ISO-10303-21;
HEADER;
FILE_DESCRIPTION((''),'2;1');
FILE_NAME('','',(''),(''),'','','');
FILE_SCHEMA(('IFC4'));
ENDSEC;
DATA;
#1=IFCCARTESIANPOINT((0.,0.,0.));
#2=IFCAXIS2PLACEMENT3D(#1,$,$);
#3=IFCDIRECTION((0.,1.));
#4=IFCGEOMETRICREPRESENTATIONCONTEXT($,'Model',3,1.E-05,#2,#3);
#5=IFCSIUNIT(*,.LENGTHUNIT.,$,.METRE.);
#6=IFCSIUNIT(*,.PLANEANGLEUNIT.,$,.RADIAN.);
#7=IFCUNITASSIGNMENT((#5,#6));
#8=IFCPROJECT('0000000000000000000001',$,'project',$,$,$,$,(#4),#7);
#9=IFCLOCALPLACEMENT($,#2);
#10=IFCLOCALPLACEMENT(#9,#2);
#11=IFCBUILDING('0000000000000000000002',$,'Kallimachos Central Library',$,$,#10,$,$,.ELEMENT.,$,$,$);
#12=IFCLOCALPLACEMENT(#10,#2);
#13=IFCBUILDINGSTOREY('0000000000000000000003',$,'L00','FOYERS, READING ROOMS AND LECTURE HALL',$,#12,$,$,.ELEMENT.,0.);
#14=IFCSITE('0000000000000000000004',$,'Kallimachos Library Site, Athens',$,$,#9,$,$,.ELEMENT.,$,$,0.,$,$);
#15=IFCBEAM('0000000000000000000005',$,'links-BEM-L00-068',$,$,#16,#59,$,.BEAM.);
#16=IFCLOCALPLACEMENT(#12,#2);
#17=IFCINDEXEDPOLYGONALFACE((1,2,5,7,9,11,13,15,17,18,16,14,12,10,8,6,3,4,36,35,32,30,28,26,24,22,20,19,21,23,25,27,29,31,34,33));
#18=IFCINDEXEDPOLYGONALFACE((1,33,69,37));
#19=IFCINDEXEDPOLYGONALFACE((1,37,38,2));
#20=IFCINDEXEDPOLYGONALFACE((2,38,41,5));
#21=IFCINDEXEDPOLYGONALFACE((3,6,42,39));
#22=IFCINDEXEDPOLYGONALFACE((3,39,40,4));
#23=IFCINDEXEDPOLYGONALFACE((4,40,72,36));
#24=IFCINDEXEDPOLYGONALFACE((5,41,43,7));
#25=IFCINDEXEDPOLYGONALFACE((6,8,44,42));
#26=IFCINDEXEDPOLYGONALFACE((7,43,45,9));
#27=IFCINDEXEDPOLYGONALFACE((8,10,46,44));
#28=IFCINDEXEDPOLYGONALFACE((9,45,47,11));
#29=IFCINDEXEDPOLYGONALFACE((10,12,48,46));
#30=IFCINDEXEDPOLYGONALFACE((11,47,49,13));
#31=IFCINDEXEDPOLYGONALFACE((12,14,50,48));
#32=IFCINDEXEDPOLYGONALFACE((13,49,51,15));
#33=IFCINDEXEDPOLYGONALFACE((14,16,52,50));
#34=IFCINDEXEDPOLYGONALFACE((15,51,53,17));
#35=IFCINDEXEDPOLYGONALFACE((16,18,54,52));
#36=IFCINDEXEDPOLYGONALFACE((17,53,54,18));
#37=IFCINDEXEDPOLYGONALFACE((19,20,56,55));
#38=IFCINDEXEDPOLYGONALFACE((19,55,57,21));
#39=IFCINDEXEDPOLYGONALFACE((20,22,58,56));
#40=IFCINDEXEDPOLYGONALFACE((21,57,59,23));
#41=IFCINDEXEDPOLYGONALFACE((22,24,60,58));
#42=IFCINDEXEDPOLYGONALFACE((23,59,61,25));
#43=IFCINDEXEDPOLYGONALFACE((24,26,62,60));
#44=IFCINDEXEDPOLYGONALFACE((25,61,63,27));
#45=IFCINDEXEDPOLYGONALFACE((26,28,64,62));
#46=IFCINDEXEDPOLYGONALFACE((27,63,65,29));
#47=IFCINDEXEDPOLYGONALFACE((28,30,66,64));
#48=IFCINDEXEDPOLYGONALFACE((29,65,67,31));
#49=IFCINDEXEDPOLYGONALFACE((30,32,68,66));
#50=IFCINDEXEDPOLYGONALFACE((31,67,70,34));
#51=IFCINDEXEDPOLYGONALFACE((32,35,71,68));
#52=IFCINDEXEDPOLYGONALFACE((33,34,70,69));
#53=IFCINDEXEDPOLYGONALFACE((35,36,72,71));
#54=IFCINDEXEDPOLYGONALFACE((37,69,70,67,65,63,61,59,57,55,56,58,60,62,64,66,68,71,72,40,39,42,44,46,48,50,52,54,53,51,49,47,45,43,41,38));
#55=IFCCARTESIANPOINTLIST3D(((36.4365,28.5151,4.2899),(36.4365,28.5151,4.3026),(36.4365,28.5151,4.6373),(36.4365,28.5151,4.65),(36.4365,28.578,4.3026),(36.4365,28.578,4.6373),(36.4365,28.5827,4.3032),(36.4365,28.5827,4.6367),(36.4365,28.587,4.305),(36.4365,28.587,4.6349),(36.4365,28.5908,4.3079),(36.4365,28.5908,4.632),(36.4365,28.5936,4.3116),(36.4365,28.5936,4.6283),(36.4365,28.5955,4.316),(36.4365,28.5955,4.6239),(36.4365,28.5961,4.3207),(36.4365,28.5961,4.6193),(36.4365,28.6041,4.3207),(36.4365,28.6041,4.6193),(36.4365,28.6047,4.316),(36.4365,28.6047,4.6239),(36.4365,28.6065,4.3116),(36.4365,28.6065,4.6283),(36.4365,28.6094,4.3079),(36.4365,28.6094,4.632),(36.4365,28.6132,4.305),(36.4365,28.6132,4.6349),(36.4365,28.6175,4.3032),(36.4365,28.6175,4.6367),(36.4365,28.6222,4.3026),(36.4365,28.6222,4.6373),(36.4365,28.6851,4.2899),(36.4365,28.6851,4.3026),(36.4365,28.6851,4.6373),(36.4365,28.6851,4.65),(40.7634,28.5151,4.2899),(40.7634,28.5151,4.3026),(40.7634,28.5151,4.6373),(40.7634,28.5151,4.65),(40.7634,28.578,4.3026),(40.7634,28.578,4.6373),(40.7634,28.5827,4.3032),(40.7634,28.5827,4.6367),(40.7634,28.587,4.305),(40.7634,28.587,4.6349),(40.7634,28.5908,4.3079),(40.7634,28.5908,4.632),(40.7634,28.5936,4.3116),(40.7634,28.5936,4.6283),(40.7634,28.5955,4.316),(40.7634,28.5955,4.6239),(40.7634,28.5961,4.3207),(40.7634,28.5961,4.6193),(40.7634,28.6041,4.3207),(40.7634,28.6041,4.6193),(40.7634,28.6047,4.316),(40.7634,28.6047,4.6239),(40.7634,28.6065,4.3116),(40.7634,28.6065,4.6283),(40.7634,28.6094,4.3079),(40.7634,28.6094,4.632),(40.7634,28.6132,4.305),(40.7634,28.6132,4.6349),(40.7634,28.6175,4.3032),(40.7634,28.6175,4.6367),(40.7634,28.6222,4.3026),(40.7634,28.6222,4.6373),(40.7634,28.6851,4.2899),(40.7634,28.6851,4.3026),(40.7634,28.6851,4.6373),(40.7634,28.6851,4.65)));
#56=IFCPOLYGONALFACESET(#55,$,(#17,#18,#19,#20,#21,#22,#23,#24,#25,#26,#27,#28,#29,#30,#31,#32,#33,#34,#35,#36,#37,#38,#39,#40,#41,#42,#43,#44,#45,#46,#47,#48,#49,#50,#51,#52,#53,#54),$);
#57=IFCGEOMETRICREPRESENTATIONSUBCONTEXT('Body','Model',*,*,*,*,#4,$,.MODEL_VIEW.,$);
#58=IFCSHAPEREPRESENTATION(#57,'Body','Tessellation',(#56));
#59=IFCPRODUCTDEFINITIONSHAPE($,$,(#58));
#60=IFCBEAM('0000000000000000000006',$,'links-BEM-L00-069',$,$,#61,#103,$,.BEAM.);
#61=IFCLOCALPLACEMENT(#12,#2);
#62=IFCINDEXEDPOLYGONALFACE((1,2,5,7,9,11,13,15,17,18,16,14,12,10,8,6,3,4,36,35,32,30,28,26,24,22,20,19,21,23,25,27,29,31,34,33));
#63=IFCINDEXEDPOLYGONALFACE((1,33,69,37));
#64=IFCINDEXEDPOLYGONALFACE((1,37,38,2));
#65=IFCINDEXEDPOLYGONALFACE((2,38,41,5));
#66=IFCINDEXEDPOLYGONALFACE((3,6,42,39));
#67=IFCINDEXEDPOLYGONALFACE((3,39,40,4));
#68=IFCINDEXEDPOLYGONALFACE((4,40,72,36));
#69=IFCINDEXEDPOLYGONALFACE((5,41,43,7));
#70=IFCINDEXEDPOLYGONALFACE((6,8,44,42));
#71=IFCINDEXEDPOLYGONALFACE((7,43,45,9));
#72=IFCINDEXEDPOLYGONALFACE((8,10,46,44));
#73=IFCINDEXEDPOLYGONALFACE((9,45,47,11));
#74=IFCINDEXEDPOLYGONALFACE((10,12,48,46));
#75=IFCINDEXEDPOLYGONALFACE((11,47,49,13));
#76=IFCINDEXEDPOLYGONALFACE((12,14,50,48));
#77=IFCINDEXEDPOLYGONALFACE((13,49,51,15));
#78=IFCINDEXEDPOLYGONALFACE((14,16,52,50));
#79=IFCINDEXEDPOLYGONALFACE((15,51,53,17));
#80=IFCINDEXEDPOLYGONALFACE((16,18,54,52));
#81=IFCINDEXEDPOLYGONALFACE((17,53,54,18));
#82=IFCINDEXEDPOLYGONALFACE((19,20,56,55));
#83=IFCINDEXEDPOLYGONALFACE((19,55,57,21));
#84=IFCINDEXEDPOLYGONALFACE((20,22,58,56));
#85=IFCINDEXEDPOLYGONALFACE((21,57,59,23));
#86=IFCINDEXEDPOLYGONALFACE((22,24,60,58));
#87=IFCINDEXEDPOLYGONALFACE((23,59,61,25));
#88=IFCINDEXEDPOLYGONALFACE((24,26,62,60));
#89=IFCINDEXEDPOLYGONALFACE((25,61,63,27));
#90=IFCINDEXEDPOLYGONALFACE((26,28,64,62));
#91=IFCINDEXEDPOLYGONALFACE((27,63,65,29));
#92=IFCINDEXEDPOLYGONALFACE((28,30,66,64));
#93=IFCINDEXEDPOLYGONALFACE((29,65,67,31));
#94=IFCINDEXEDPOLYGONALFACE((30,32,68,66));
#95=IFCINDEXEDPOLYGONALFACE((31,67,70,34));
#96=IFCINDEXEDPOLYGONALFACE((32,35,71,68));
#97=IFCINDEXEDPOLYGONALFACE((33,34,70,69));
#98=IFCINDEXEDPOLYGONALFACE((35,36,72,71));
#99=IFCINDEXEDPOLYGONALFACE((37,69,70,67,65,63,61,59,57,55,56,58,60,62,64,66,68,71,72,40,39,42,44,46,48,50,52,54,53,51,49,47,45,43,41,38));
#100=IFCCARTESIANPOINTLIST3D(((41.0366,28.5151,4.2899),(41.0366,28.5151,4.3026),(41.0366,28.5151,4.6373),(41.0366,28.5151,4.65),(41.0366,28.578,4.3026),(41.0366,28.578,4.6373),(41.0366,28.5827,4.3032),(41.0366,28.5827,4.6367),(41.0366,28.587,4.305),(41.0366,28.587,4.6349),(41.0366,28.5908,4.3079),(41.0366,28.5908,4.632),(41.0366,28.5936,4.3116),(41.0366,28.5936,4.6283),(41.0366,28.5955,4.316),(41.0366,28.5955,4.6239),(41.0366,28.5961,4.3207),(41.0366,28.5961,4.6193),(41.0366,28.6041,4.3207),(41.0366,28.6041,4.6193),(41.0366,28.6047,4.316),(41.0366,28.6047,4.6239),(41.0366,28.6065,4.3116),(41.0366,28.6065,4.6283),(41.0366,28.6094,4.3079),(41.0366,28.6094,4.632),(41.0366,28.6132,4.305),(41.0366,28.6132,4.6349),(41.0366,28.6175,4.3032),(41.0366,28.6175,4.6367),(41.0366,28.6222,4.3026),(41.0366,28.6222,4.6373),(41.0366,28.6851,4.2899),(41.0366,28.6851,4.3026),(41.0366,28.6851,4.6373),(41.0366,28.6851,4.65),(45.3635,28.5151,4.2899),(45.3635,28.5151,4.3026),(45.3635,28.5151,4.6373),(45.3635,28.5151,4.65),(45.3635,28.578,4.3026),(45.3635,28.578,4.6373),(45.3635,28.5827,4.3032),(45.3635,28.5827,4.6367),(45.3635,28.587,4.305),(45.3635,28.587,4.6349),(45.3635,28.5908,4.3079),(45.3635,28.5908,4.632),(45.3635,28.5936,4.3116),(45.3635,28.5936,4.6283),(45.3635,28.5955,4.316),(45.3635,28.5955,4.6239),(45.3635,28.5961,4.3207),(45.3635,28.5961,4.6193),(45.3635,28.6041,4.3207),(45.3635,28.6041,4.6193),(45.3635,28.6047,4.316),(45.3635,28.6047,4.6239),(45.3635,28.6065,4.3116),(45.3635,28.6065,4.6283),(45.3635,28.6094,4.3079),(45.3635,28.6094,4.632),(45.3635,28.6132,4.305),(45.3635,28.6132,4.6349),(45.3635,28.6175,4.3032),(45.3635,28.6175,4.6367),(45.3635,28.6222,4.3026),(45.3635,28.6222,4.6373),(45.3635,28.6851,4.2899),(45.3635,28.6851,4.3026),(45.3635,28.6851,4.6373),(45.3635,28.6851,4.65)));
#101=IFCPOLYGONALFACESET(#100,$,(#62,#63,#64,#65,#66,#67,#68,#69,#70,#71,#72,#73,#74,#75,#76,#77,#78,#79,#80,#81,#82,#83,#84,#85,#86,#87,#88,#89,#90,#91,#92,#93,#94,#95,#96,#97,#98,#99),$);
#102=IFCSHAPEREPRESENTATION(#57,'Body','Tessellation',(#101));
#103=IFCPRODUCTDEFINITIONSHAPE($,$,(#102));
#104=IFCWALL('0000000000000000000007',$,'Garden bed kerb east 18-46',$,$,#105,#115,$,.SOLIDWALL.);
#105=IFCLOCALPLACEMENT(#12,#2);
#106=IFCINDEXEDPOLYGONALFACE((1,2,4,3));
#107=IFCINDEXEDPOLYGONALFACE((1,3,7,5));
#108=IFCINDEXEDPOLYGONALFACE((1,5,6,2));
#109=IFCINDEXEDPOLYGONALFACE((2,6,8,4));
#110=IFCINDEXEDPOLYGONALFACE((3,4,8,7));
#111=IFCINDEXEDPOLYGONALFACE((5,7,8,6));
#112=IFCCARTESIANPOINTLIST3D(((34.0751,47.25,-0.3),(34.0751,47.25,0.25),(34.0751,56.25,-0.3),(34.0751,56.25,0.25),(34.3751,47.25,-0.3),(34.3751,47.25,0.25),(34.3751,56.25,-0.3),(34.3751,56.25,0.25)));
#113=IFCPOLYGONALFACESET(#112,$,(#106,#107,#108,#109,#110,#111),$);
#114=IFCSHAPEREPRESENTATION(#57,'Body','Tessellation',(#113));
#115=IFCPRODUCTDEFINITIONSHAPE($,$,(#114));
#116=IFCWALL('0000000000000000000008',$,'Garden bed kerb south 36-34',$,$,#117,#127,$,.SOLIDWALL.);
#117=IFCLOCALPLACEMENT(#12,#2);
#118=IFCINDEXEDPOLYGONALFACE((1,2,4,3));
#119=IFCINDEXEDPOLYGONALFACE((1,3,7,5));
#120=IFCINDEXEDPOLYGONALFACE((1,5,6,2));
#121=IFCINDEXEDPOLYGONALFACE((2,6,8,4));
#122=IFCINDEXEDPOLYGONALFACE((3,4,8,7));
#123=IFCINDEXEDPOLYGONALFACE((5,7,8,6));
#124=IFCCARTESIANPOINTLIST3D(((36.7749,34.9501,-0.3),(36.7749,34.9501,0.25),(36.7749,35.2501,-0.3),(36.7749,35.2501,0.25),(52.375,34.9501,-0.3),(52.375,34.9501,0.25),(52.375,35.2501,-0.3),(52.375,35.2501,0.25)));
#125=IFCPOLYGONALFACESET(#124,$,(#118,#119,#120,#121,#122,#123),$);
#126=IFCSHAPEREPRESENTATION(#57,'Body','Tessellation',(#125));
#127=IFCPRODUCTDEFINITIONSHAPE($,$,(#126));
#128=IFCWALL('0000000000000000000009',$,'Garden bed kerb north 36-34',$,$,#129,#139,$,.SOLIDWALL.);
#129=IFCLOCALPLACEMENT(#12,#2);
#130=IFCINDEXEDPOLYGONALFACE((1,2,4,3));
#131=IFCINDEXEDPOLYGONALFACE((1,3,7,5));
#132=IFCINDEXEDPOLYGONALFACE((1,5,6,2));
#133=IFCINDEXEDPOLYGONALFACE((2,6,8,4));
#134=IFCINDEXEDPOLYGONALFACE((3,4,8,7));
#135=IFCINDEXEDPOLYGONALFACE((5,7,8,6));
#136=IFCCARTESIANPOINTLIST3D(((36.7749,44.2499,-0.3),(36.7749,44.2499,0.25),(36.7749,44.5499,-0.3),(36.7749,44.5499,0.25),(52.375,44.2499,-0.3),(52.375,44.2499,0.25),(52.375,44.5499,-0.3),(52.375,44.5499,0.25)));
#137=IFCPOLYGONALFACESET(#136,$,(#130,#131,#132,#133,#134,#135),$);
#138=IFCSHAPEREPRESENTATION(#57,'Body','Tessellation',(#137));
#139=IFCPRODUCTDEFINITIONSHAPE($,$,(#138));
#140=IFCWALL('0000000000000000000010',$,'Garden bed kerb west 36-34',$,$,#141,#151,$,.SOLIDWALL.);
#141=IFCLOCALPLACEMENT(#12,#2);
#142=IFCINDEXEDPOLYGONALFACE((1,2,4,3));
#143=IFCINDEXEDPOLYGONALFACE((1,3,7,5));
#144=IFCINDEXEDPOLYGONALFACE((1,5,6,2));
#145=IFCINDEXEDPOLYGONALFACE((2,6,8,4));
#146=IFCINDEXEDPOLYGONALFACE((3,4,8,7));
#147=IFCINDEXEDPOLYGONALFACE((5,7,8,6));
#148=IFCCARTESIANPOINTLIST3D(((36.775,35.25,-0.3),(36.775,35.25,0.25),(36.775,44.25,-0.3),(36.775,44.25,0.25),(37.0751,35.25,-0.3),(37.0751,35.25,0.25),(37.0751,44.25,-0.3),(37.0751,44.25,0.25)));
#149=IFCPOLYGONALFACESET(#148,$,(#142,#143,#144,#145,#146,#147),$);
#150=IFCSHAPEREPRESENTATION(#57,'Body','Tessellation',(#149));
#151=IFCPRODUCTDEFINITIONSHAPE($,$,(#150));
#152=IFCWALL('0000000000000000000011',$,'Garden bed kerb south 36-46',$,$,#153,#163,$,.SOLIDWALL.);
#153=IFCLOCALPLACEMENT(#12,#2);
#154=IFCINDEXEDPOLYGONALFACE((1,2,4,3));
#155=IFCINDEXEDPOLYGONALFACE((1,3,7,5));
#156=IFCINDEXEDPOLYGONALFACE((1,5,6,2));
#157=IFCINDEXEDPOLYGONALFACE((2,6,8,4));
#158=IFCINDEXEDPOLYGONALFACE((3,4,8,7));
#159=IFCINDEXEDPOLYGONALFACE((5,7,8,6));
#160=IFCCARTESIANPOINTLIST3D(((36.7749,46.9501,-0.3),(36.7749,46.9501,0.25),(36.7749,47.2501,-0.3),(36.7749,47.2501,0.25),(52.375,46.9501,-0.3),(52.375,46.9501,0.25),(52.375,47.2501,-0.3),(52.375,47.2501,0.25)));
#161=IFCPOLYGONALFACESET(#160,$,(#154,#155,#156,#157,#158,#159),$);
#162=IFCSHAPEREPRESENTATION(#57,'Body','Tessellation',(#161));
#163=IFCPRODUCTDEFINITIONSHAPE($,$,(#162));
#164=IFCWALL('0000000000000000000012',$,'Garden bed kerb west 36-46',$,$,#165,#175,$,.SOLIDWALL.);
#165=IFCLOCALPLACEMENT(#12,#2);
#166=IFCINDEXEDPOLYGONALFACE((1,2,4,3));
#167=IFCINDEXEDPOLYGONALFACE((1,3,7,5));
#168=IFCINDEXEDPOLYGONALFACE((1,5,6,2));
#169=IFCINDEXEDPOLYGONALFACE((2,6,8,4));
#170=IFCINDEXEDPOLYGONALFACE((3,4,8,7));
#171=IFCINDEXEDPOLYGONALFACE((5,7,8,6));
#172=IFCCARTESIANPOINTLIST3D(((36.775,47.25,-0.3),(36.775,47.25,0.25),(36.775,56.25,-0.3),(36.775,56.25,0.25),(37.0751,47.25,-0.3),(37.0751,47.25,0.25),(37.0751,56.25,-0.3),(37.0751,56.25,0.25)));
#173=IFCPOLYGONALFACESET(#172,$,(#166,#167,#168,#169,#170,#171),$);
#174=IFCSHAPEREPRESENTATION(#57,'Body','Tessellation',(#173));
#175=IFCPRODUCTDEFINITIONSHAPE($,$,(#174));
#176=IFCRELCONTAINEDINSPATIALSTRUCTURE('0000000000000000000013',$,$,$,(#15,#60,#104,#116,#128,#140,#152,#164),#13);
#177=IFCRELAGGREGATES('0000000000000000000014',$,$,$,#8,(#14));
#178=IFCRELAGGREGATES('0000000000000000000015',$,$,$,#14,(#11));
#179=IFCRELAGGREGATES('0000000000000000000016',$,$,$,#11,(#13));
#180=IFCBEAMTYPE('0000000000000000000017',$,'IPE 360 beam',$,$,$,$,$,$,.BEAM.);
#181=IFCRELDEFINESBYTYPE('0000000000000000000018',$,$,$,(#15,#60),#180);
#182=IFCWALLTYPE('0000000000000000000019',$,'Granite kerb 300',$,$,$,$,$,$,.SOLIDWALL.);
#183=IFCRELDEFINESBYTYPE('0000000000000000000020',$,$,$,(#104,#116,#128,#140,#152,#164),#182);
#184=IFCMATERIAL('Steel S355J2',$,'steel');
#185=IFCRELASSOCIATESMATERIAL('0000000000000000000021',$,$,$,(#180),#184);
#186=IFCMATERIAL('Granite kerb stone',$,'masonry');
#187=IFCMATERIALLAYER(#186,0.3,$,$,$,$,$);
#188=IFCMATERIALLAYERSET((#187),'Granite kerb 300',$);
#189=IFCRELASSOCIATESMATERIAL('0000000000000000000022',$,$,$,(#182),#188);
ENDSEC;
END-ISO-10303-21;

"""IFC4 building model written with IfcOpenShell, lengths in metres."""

from ifc_helpers import new_model, si_unit, direction, frame, frame_2d, origin, origin_2d, place, context, subcontext, project, spatial, rectangle, i_section, extrude, material, layer, layer_set, material_profile, profile_set, type_object, element, save


model = new_model("IFC4")

# Units and contexts
model_context = context("Model", 3, precision=1e-05, world=origin(), true_north=direction((0.0, 1.0)))
body_context = subcontext(model_context, "Body", "Model", "MODEL_VIEW")
ifc_project = project(units=[si_unit("LENGTHUNIT", "METRE"), si_unit("PLANEANGLEUNIT", "RADIAN")], contexts=[model_context])

# Site, building, storey
site_placement = place(None, origin())
site = spatial("IfcSite", under=ifc_project, at=site_placement, Name="Kallimachos Library Site, Athens", CompositionType="ELEMENT", RefElevation=0.0)
building_placement = place(site_placement, origin())
building = spatial("IfcBuilding", under=site, at=building_placement, Name="Kallimachos Central Library", CompositionType="ELEMENT")
storey_placement = place(building_placement, origin())
storey = spatial("IfcBuildingStorey", under=building, at=storey_placement, Name="L00", Description="FOYERS, READING ROOMS AND LECTURE HALL", CompositionType="ELEMENT", Elevation=0.0)

# Beams
ifc_material_1 = material(Name="Steel S355J2", Category="steel")
ifc_material_profile_1 = material_profile(ifc_material_1, i_section(OverallWidth=0.1699, OverallDepth=0.3601, WebThickness=0.0081, FlangeThickness=0.0127, FilletRadius=0.0181, at=origin_2d()), Name="IPE 360")
ifc_profile_set_1 = profile_set([ifc_material_profile_1], Name="Steel S355J2")
beam_type_1 = type_object("IfcBeamType", Name="IPE 360 beam", PredefinedType="BEAM", material=ifc_profile_set_1)
for number, where, z_axis, x_axis, name in (
    (1, (36.4365, 28.6001, 4.47), (1.0, 0.0, 0.0), (0.0, 1.0, 0.0), "links-BEM-L00-068"),
    (2, (41.0366, 28.6001, 4.47), (1.0, 0.0, 0.0), (0.0, 1.0, 0.0), "links-BEM-L00-069"),
):
    element("IfcBeam", number, at=place(storey_placement, frame(where, z_axis=z_axis, x_axis=x_axis)), inside=storey, type_object=beam_type_1, Name=name, PredefinedType="BEAM", context=body_context, shape_type="SweptSolid", body=[
        extrude(i_section(OverallWidth=0.1699, OverallDepth=0.3601, WebThickness=0.0081, FlangeThickness=0.0127, FilletRadius=0.0181, at=origin_2d()), origin(), (0.0, 0.0, 1.0), 4.3269),
    ])

# Walls
ifc_material_2 = material(Name="Granite kerb stone", Category="masonry")
ifc_layer = layer(ifc_material_2, 0.3)
ifc_layer_set = layer_set([ifc_layer], Name="Granite kerb 300")
wall_type = type_object("IfcWallType", Name="Granite kerb 300", PredefinedType="SOLIDWALL", material=ifc_layer_set)
wall_1_placement = place(storey_placement, frame((34.2251, 47.25, -0.3), z_axis=(0.0, 0.0, 1.0), x_axis=(0.0, 1.0, 0.0)))
element("IfcWall", 3, at=wall_1_placement, inside=storey, type_object=wall_type, Name="Garden bed kerb east 18-46", PredefinedType="SOLIDWALL", context=body_context, shape_type="SweptSolid", body=[
    extrude(rectangle(XDim=9.0, YDim=0.3, at=frame_2d((4.5, 0.0))), origin(), (0.0, 0.0, 1.0), 0.55),
])
for number, where, z_axis, x_axis, name in (
    (4, (36.7749, 35.1001, -0.3), (0.0, 0.0, 1.0), (1.0, 0.0, 0.0), "Garden bed kerb south 36-34"),
    (5, (36.7749, 44.3999, -0.3), (0.0, 0.0, 1.0), (1.0, 0.0, 0.0), "Garden bed kerb north 36-34"),
):
    element("IfcWall", number, at=place(storey_placement, frame(where, z_axis=z_axis, x_axis=x_axis)), inside=storey, type_object=wall_type, Name=name, PredefinedType="SOLIDWALL", context=body_context, shape_type="SweptSolid", body=[
        extrude(rectangle(XDim=15.6001, YDim=0.3, at=frame_2d((7.8, 0.0))), origin(), (0.0, 0.0, 1.0), 0.55),
    ])
wall_2_placement = place(storey_placement, frame((36.925, 35.25, -0.3), z_axis=(0.0, 0.0, 1.0), x_axis=(0.0, 1.0, 0.0)))
element("IfcWall", 6, at=wall_2_placement, inside=storey, type_object=wall_type, Name="Garden bed kerb west 36-34", PredefinedType="SOLIDWALL", context=body_context, shape_type="SweptSolid", body=[
    extrude(rectangle(XDim=9.0, YDim=0.3, at=frame_2d((4.5, 0.0))), origin(), (0.0, 0.0, 1.0), 0.55),
])
wall_3_placement = place(storey_placement, frame((36.7749, 47.1001, -0.3), z_axis=(0.0, 0.0, 1.0), x_axis=(1.0, 0.0, 0.0)))
element("IfcWall", 7, at=wall_3_placement, inside=storey, type_object=wall_type, Name="Garden bed kerb south 36-46", PredefinedType="SOLIDWALL", context=body_context, shape_type="SweptSolid", body=[
    extrude(rectangle(XDim=15.6001, YDim=0.3, at=frame_2d((7.8, 0.0))), origin(), (0.0, 0.0, 1.0), 0.55),
])
wall_4_placement = place(storey_placement, frame((36.925, 47.25, -0.3), z_axis=(0.0, 0.0, 1.0), x_axis=(0.0, 1.0, 0.0)))
element("IfcWall", 8, at=wall_4_placement, inside=storey, type_object=wall_type, Name="Garden bed kerb west 36-46", PredefinedType="SOLIDWALL", context=body_context, shape_type="SweptSolid", body=[
    extrude(rectangle(XDim=9.0, YDim=0.3, at=frame_2d((4.5, 0.0))), origin(), (0.0, 0.0, 1.0), 0.55),
])

save(model, "model.ifc")
